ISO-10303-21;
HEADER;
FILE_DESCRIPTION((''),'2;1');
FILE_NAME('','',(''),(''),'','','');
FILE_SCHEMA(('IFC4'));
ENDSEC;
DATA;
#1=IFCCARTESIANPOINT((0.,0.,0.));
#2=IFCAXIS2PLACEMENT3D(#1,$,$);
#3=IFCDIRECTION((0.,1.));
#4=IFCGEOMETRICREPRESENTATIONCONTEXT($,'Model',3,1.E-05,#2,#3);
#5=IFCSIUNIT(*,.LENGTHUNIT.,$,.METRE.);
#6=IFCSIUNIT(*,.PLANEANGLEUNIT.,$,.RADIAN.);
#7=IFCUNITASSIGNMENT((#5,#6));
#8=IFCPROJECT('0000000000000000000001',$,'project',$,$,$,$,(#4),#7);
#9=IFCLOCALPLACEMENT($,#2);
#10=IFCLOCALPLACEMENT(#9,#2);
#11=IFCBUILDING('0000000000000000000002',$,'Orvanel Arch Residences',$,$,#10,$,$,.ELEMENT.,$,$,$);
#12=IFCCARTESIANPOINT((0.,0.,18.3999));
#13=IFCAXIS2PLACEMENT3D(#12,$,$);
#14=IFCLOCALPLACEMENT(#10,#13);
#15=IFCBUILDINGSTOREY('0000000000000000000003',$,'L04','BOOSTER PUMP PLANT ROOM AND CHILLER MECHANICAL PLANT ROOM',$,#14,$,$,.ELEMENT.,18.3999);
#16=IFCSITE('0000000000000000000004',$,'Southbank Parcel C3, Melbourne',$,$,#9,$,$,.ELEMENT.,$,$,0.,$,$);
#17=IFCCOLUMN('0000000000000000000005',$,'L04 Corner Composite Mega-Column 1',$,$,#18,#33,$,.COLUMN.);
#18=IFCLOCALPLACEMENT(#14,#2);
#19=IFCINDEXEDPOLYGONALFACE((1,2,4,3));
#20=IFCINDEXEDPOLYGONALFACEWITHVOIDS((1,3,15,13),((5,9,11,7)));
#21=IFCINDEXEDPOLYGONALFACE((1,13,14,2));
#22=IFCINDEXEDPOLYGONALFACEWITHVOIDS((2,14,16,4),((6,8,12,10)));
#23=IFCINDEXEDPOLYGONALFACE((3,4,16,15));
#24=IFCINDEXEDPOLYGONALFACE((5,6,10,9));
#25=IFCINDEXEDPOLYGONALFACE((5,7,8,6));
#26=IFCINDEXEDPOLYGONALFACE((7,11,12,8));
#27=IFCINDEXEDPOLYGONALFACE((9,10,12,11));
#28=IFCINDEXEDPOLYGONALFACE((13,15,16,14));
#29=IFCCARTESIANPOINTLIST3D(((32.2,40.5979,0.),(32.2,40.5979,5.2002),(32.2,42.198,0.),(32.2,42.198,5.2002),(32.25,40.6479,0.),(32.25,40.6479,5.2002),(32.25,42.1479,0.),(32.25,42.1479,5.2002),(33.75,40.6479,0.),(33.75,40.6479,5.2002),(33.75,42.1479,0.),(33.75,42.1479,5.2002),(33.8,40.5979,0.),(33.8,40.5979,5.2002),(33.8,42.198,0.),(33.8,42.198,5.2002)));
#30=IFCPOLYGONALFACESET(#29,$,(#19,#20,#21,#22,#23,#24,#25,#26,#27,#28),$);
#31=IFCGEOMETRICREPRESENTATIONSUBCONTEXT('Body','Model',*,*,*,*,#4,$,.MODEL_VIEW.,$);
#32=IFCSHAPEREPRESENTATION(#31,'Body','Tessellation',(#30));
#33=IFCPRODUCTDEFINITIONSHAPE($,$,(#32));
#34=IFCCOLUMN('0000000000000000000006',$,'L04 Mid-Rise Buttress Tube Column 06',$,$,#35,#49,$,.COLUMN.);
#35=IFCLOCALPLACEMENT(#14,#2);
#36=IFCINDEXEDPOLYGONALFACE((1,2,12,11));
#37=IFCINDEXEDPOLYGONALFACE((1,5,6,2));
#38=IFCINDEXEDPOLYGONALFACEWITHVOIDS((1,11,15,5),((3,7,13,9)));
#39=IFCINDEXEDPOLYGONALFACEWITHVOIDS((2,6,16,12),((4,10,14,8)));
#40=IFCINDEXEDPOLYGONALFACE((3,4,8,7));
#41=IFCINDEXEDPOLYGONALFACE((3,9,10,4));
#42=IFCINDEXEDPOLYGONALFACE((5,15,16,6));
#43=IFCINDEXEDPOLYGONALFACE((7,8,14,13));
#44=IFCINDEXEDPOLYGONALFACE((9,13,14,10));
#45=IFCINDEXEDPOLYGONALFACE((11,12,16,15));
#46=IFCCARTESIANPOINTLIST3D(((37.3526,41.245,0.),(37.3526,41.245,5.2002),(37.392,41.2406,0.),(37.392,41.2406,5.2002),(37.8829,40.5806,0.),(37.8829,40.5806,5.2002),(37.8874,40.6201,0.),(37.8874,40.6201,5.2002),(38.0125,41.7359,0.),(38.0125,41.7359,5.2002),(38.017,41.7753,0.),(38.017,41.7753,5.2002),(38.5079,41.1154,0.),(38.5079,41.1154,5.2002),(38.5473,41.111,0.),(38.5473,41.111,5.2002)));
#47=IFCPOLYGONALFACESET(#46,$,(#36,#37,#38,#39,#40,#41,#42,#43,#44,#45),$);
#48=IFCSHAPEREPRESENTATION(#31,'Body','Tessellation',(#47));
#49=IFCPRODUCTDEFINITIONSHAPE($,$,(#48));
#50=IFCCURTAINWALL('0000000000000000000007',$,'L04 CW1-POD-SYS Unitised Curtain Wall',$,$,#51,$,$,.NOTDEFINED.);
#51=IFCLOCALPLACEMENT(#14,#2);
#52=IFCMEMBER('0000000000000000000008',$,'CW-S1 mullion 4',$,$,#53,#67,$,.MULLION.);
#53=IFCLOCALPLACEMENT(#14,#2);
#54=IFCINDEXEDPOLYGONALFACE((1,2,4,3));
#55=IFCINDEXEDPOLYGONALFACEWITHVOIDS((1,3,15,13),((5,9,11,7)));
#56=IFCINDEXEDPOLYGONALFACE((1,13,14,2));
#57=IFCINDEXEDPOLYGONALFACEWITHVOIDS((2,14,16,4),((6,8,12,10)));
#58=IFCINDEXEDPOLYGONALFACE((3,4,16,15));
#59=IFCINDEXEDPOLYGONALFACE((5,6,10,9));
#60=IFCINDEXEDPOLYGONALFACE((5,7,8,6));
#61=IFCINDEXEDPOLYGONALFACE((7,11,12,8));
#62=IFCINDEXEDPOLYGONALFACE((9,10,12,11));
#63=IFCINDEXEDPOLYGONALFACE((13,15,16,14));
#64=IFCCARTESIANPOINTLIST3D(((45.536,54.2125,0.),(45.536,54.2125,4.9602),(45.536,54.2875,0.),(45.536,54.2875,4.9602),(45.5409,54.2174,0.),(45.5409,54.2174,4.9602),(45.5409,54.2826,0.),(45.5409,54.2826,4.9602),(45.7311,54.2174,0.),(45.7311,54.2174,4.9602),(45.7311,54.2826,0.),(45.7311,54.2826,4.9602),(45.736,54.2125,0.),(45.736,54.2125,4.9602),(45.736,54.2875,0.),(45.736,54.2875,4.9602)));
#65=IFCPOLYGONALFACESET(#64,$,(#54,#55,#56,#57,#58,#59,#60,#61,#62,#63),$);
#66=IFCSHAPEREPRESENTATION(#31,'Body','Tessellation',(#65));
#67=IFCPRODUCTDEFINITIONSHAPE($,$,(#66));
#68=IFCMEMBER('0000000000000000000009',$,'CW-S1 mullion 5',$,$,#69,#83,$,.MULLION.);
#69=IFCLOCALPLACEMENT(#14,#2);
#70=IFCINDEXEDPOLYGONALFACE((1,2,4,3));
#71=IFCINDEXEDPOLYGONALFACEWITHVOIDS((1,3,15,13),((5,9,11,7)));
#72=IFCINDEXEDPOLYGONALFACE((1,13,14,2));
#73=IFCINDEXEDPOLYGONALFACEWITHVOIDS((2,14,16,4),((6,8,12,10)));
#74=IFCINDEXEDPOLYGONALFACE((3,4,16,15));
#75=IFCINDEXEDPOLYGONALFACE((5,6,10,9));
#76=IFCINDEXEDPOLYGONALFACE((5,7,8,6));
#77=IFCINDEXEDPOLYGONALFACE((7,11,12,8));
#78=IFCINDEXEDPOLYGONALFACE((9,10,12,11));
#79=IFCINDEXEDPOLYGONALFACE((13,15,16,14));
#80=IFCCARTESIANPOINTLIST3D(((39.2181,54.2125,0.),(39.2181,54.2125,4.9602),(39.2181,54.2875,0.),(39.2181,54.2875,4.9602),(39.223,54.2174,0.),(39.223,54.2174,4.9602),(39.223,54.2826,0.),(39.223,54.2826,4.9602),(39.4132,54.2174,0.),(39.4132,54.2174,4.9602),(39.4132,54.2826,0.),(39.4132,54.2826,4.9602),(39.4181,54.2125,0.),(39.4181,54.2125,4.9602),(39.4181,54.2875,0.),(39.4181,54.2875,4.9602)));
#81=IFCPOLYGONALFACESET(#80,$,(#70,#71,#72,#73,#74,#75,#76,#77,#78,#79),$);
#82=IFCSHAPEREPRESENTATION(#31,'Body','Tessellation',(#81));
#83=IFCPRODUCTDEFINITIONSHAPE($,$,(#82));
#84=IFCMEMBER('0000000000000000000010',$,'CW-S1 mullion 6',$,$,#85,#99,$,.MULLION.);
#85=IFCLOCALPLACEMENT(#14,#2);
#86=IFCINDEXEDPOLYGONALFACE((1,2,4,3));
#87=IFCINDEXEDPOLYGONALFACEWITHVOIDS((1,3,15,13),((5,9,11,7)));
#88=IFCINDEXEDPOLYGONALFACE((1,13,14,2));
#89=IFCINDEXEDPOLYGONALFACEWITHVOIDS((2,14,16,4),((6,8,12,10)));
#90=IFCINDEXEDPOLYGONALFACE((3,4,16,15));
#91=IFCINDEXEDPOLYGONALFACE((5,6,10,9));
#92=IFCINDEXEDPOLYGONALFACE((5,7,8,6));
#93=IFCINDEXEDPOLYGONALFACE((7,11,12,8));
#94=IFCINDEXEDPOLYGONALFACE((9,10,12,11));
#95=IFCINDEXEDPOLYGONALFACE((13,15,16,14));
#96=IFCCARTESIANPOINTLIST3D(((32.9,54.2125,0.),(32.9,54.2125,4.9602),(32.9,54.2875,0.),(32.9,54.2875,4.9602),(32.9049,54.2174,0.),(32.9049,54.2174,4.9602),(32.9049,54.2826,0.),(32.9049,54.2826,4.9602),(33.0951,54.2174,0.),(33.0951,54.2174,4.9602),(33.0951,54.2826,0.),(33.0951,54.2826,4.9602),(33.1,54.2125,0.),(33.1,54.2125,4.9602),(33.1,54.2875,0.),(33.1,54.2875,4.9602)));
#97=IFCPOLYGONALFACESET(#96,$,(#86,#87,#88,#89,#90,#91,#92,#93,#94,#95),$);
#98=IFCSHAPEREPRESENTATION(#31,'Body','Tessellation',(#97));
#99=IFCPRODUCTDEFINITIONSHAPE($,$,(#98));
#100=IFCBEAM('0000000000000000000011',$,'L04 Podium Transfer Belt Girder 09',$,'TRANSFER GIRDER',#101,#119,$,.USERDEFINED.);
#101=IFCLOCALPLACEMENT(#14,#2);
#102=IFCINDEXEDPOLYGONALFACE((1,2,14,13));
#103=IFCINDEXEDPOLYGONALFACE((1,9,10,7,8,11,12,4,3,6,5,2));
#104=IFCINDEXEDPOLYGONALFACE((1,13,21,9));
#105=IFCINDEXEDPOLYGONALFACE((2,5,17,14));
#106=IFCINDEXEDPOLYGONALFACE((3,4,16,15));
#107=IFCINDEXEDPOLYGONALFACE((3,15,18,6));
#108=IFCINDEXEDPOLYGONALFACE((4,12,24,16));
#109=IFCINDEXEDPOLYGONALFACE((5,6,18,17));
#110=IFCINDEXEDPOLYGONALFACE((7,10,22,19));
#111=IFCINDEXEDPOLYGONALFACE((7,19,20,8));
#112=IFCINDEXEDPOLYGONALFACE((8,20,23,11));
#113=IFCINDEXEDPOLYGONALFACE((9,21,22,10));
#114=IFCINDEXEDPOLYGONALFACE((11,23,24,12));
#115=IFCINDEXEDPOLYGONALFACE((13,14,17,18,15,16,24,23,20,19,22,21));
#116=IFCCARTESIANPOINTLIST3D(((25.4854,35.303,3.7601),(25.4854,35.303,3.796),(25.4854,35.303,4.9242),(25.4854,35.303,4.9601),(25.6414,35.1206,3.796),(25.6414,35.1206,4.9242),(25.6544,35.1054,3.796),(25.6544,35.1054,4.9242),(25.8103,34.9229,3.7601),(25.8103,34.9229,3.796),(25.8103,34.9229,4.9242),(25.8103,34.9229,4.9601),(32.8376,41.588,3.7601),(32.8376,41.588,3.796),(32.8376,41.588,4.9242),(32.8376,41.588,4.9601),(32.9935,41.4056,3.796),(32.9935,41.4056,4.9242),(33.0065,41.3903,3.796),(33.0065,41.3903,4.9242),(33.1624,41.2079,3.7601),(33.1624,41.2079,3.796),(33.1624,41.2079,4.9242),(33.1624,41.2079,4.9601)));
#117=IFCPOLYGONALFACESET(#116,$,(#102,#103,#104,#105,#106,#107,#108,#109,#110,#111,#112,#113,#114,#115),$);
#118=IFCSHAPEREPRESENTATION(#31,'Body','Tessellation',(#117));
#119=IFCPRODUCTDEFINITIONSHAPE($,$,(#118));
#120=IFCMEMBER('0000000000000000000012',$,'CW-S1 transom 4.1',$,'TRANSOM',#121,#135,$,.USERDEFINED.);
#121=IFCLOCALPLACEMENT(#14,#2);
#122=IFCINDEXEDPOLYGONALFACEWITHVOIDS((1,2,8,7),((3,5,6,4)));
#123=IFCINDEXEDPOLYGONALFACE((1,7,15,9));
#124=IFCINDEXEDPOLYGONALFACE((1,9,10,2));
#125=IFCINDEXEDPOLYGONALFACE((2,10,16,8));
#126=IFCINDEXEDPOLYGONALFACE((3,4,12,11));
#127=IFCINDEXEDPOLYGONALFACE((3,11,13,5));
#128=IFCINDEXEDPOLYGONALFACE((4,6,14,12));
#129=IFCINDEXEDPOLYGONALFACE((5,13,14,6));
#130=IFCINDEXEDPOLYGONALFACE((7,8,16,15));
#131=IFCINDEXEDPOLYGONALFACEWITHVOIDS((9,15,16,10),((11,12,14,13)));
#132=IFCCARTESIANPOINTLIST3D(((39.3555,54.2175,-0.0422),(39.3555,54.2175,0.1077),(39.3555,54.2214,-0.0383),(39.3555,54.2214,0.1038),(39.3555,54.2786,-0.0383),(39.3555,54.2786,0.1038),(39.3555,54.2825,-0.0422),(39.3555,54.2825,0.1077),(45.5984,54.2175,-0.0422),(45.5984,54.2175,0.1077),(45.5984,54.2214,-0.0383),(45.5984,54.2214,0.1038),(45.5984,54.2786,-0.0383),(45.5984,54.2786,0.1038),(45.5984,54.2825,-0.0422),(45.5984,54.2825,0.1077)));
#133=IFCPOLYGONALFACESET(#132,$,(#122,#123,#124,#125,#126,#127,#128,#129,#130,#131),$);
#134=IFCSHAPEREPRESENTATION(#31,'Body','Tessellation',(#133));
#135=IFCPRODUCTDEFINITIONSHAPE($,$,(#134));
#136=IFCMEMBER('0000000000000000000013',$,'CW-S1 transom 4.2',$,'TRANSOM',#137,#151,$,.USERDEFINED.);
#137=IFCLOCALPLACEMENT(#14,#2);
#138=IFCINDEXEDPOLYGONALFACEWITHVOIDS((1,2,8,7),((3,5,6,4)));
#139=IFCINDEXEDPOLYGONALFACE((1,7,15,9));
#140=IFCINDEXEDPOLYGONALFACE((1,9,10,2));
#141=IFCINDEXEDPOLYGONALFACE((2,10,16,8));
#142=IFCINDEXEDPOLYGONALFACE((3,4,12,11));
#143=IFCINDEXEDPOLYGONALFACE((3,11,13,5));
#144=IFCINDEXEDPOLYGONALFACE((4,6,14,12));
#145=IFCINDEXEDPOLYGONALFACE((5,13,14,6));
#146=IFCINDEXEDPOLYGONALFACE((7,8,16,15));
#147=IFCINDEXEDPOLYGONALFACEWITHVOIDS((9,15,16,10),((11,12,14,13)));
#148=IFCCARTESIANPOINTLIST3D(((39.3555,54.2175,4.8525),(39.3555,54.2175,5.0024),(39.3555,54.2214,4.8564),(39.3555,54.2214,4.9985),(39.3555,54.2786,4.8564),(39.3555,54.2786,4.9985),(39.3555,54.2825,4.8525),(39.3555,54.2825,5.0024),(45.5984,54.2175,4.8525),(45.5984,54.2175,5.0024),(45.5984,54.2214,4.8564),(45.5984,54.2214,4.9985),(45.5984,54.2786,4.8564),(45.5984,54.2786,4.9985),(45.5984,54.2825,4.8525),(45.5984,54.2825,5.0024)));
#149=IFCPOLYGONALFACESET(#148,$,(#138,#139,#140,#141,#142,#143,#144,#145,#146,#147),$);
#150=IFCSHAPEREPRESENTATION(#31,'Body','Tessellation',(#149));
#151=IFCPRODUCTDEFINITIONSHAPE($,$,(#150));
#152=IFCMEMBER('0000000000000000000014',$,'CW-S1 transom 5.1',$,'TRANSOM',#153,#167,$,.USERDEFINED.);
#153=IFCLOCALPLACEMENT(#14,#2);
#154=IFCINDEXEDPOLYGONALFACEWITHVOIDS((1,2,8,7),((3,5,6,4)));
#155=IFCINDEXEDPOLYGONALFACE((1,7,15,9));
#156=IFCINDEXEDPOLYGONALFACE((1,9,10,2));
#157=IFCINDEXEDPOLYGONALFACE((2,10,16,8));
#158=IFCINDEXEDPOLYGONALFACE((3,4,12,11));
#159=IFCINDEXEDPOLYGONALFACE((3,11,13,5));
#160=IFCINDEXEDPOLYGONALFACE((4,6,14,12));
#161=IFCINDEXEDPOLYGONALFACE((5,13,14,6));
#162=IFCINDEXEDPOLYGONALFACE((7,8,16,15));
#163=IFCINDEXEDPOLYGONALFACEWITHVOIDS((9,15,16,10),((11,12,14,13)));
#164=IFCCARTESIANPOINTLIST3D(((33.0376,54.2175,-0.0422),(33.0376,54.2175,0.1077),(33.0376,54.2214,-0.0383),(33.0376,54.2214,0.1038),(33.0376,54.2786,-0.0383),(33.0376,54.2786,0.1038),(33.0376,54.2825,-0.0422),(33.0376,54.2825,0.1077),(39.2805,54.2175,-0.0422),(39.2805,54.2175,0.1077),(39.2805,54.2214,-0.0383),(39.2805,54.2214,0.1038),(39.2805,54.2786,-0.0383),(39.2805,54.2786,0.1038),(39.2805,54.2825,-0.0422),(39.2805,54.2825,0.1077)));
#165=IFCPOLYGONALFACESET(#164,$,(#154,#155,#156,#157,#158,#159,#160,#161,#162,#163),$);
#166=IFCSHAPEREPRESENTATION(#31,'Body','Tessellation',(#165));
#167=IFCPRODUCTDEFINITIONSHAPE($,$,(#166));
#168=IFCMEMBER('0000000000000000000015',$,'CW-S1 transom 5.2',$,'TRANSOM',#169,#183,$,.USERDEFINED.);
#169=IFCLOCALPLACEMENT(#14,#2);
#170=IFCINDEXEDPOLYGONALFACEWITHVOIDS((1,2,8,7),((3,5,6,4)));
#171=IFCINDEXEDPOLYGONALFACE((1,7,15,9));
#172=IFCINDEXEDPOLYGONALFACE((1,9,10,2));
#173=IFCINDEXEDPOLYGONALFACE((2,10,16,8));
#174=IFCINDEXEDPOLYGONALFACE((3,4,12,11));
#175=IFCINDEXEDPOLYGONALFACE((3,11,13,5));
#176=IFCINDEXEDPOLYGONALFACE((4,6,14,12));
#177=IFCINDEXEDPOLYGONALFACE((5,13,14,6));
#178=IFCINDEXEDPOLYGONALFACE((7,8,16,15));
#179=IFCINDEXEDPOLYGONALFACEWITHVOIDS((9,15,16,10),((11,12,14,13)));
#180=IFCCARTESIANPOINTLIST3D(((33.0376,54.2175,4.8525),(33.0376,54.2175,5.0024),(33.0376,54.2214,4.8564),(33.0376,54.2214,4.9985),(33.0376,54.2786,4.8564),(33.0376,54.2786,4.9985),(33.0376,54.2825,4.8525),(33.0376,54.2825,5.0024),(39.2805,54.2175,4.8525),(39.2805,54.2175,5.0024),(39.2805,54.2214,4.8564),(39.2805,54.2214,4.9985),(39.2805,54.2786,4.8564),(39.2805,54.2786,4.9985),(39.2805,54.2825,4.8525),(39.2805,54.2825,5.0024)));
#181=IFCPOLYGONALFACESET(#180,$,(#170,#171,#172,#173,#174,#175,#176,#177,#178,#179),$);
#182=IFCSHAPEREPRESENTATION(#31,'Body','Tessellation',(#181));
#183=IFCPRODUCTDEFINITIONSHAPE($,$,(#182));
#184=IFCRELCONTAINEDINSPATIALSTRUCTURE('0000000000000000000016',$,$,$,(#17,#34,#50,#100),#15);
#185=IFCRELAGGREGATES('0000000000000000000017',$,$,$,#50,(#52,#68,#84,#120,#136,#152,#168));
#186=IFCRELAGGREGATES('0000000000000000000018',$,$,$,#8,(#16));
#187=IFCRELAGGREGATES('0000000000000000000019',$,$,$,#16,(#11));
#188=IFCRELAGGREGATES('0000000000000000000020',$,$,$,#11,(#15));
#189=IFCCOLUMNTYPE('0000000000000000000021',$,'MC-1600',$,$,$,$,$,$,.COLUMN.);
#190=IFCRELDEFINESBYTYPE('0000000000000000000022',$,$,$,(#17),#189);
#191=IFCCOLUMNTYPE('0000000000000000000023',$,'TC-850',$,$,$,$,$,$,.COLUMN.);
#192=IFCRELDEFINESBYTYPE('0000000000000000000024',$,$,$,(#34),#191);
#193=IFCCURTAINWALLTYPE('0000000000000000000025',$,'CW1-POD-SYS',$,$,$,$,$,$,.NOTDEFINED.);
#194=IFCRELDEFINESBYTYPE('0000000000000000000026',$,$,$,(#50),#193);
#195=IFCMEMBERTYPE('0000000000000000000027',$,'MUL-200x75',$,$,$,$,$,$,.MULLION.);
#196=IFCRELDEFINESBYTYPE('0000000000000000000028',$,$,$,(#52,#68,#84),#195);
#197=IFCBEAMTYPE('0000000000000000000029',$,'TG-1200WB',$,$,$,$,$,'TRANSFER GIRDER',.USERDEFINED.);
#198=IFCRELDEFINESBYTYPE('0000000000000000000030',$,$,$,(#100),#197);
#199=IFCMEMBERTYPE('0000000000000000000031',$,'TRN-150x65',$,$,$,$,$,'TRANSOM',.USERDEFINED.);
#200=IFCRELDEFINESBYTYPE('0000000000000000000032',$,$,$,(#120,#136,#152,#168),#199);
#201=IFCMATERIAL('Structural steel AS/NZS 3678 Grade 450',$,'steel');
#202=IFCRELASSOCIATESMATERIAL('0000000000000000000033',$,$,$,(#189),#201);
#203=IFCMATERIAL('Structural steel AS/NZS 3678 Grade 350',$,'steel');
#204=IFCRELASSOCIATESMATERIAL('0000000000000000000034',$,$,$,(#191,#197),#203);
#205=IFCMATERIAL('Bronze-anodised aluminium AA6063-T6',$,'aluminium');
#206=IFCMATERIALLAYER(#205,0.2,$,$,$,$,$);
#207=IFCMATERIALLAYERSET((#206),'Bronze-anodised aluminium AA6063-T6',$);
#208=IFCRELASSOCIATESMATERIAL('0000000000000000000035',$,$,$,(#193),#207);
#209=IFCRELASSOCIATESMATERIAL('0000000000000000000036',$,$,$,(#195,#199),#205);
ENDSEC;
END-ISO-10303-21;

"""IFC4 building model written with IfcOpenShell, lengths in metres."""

from ifc_helpers import new_model, si_unit, direction, frame, origin, origin_2d, place, context, subcontext, project, spatial, hollow_rectangle, i_section, extrude, material, layer, layer_set, material_profile, profile_set, type_object, element, aggregate, save


model = new_model("IFC4")

# Units and contexts
model_context = context("Model", 3, precision=1e-05, world=origin(), true_north=direction((0.0, 1.0)))
body_context = subcontext(model_context, "Body", "Model", "MODEL_VIEW")
ifc_project = project(units=[si_unit("LENGTHUNIT", "METRE"), si_unit("PLANEANGLEUNIT", "RADIAN")], contexts=[model_context])

# Site, building, storey
site_placement = place(None, origin())
site = spatial("IfcSite", under=ifc_project, at=site_placement, Name="Southbank Parcel C3, Melbourne", CompositionType="ELEMENT", RefElevation=0.0)
building_placement = place(site_placement, origin())
building = spatial("IfcBuilding", under=site, at=building_placement, Name="Orvanel Arch Residences", CompositionType="ELEMENT")
storey_placement = place(building_placement, frame((0.0, 0.0, 18.3999)))
storey = spatial("IfcBuildingStorey", under=building, at=storey_placement, Name="L04", Description="BOOSTER PUMP PLANT ROOM AND CHILLER MECHANICAL PLANT ROOM", CompositionType="ELEMENT", Elevation=18.3999)

# Columns
ifc_material_1 = material(Name="Structural steel AS/NZS 3678 Grade 450", Category="steel")
ifc_material_profile_1 = material_profile(ifc_material_1, hollow_rectangle(XDim=1.6001, YDim=1.6001, WallThickness=0.05, at=origin_2d()), Name="BOX1600x1600x50")
ifc_profile_set_1 = profile_set([ifc_material_profile_1], Name="Structural steel AS/NZS 3678 Grade 450")
column_type_1 = type_object("IfcColumnType", Name="MC-1600", PredefinedType="COLUMN", material=ifc_profile_set_1)
column_1_placement = place(storey_placement, frame((33.0, 41.3979, 0.0), z_axis=(0.0, 0.0, 1.0), x_axis=(1.0, 0.0, 0.0)))
element("IfcColumn", 1, at=column_1_placement, inside=storey, type_object=column_type_1, Name="L04 Corner Composite Mega-Column 1", PredefinedType="COLUMN", context=body_context, shape_type="SweptSolid", body=[
    extrude(hollow_rectangle(XDim=1.6001, YDim=1.6001, WallThickness=0.05, at=origin_2d()), origin(), (0.0, 0.0, 1.0), 5.2002),
])
ifc_material_2 = material(Name="Structural steel AS/NZS 3678 Grade 350", Category="steel")
ifc_material_profile_2 = material_profile(ifc_material_2, hollow_rectangle(XDim=0.8501, YDim=0.8501, WallThickness=0.0281, at=origin_2d()), Name="BOX850x850x28")
ifc_profile_set_2 = profile_set([ifc_material_profile_2], Name="Structural steel AS/NZS 3678 Grade 350")
column_type_2 = type_object("IfcColumnType", Name="TC-850", PredefinedType="COLUMN", material=ifc_profile_set_2)
column_2_placement = place(storey_placement, frame((37.95, 41.178, 0.0), z_axis=(0.0, 0.0, 1.0), x_axis=(-0.62388, 0.78152, 0.0)))
element("IfcColumn", 2, at=column_2_placement, inside=storey, type_object=column_type_2, Name="L04 Mid-Rise Buttress Tube Column 06", PredefinedType="COLUMN", context=body_context, shape_type="SweptSolid", body=[
    extrude(hollow_rectangle(XDim=0.8501, YDim=0.8501, WallThickness=0.0281, at=origin_2d()), origin(), (0.0, 0.0, 1.0), 5.2002),
])

# Curtain wall, members
ifc_material_3 = material(Name="Bronze-anodised aluminium AA6063-T6", Category="aluminium")
ifc_layer_1 = layer(ifc_material_3, 0.2)
ifc_layer_set_1 = layer_set([ifc_layer_1], Name="Bronze-anodised aluminium AA6063-T6")
curtain_wall_type = type_object("IfcCurtainWallType", Name="CW1-POD-SYS", PredefinedType="NOTDEFINED", material=ifc_layer_set_1)
curtain_wall_placement = place(storey_placement, origin())
curtain_wall = element("IfcCurtainWall", 3, at=curtain_wall_placement, inside=storey, type_object=curtain_wall_type, Name="L04 CW1-POD-SYS Unitised Curtain Wall", PredefinedType="NOTDEFINED")
ifc_material_profile_3 = material_profile(ifc_material_3, hollow_rectangle(XDim=0.075, YDim=0.2, WallThickness=0.0049, at=origin_2d()), Name="ALU200x75x5")
ifc_profile_set_3 = profile_set([ifc_material_profile_3], Name="Bronze-anodised aluminium AA6063-T6")
member_type_1 = type_object("IfcMemberType", Name="MUL-200x75", PredefinedType="MULLION", material=ifc_profile_set_3)
member_1_placement = place(storey_placement, frame((45.636, 54.25, 0.0), z_axis=(0.0, 0.0, 1.0), x_axis=(0.0, -1.0, 0.0)))
member_1 = element("IfcMember", 4, at=member_1_placement, type_object=member_type_1, Name="CW-S1 mullion 4", PredefinedType="MULLION", context=body_context, shape_type="SweptSolid", body=[
    extrude(hollow_rectangle(XDim=0.075, YDim=0.2, WallThickness=0.0049, at=origin_2d()), origin(), (0.0, 0.0, 1.0), 4.9602),
])
member_2_placement = place(storey_placement, frame((39.3181, 54.25, 0.0), z_axis=(0.0, 0.0, 1.0), x_axis=(0.0, -1.0, 0.0)))
member_2 = element("IfcMember", 5, at=member_2_placement, type_object=member_type_1, Name="CW-S1 mullion 5", PredefinedType="MULLION", context=body_context, shape_type="SweptSolid", body=[
    extrude(hollow_rectangle(XDim=0.075, YDim=0.2, WallThickness=0.0049, at=origin_2d()), origin(), (0.0, 0.0, 1.0), 4.9602),
])
member_3_placement = place(storey_placement, frame((33.0, 54.25, 0.0), z_axis=(0.0, 0.0, 1.0), x_axis=(0.0, -1.0, 0.0)))
member_3 = element("IfcMember", 6, at=member_3_placement, type_object=member_type_1, Name="CW-S1 mullion 6", PredefinedType="MULLION", context=body_context, shape_type="SweptSolid", body=[
    extrude(hollow_rectangle(XDim=0.075, YDim=0.2, WallThickness=0.0049, at=origin_2d()), origin(), (0.0, 0.0, 1.0), 4.9602),
])

# Beam
ifc_material_profile_4 = material_profile(ifc_material_2, i_section(OverallWidth=0.5, OverallDepth=1.2, WebThickness=0.02, FlangeThickness=0.0359, at=origin_2d()), Name="1200WB455")
ifc_profile_set_4 = profile_set([ifc_material_profile_4], Name="Structural steel AS/NZS 3678 Grade 350")
beam_type = type_object("IfcBeamType", Name="TG-1200WB", ElementType="TRANSFER GIRDER", PredefinedType="USERDEFINED", material=ifc_profile_set_4)
beam_placement = place(storey_placement, frame((33.0, 41.3979, 4.3601), z_axis=(-0.760117, -0.649787, 0.0), x_axis=(0.649787, -0.760117, 0.0)))
element("IfcBeam", 7, at=beam_placement, inside=storey, type_object=beam_type, Name="L04 Podium Transfer Belt Girder 09", ObjectType="TRANSFER GIRDER", PredefinedType="USERDEFINED", context=body_context, shape_type="SweptSolid", body=[
    extrude(i_section(OverallWidth=0.5, OverallDepth=1.2, WebThickness=0.02, FlangeThickness=0.0359, at=origin_2d()), origin(), (0.0, 0.0, 1.0), 9.6724),
])

# Members
ifc_material_profile_5 = material_profile(ifc_material_3, hollow_rectangle(XDim=0.0649, YDim=0.1499, WallThickness=0.0039, at=origin_2d()), Name="ALU150x65x4")
ifc_profile_set_5 = profile_set([ifc_material_profile_5], Name="Bronze-anodised aluminium AA6063-T6")
member_type_2 = type_object("IfcMemberType", Name="TRN-150x65", ElementType="TRANSOM", PredefinedType="USERDEFINED", material=ifc_profile_set_5)
member_4_placement = place(storey_placement, frame((45.5984, 54.25, 0.0327), z_axis=(-1.0, 0.0, 0.0), x_axis=(0.0, -1.0, 0.0)))
member_4 = element("IfcMember", 8, at=member_4_placement, type_object=member_type_2, Name="CW-S1 transom 4.1", ObjectType="TRANSOM", PredefinedType="USERDEFINED", context=body_context, shape_type="SweptSolid", body=[
    extrude(hollow_rectangle(XDim=0.0649, YDim=0.1499, WallThickness=0.0039, at=origin_2d()), origin(), (0.0, 0.0, 1.0), 6.2429),
])
member_5_placement = place(storey_placement, frame((45.5984, 54.25, 4.9275), z_axis=(-1.0, 0.0, 0.0), x_axis=(0.0, -1.0, 0.0)))
member_5 = element("IfcMember", 9, at=member_5_placement, type_object=member_type_2, Name="CW-S1 transom 4.2", ObjectType="TRANSOM", PredefinedType="USERDEFINED", context=body_context, shape_type="SweptSolid", body=[
    extrude(hollow_rectangle(XDim=0.0649, YDim=0.1499, WallThickness=0.0039, at=origin_2d()), origin(), (0.0, 0.0, 1.0), 6.2429),
])
member_6_placement = place(storey_placement, frame((39.2805, 54.25, 0.0327), z_axis=(-1.0, 0.0, 0.0), x_axis=(0.0, -1.0, 0.0)))
member_6 = element("IfcMember", 10, at=member_6_placement, type_object=member_type_2, Name="CW-S1 transom 5.1", ObjectType="TRANSOM", PredefinedType="USERDEFINED", context=body_context, shape_type="SweptSolid", body=[
    extrude(hollow_rectangle(XDim=0.0649, YDim=0.1499, WallThickness=0.0039, at=origin_2d()), origin(), (0.0, 0.0, 1.0), 6.2429),
])
member_7_placement = place(storey_placement, frame((39.2805, 54.25, 4.9275), z_axis=(-1.0, 0.0, 0.0), x_axis=(0.0, -1.0, 0.0)))
member_7 = element("IfcMember", 11, at=member_7_placement, type_object=member_type_2, Name="CW-S1 transom 5.2", ObjectType="TRANSOM", PredefinedType="USERDEFINED", context=body_context, shape_type="SweptSolid", body=[
    extrude(hollow_rectangle(XDim=0.0649, YDim=0.1499, WallThickness=0.0039, at=origin_2d()), origin(), (0.0, 0.0, 1.0), 6.2429),
])

aggregate(curtain_wall, [member_1, member_2, member_3, member_4, member_5, member_6, member_7])

save(model, "model.ifc")
